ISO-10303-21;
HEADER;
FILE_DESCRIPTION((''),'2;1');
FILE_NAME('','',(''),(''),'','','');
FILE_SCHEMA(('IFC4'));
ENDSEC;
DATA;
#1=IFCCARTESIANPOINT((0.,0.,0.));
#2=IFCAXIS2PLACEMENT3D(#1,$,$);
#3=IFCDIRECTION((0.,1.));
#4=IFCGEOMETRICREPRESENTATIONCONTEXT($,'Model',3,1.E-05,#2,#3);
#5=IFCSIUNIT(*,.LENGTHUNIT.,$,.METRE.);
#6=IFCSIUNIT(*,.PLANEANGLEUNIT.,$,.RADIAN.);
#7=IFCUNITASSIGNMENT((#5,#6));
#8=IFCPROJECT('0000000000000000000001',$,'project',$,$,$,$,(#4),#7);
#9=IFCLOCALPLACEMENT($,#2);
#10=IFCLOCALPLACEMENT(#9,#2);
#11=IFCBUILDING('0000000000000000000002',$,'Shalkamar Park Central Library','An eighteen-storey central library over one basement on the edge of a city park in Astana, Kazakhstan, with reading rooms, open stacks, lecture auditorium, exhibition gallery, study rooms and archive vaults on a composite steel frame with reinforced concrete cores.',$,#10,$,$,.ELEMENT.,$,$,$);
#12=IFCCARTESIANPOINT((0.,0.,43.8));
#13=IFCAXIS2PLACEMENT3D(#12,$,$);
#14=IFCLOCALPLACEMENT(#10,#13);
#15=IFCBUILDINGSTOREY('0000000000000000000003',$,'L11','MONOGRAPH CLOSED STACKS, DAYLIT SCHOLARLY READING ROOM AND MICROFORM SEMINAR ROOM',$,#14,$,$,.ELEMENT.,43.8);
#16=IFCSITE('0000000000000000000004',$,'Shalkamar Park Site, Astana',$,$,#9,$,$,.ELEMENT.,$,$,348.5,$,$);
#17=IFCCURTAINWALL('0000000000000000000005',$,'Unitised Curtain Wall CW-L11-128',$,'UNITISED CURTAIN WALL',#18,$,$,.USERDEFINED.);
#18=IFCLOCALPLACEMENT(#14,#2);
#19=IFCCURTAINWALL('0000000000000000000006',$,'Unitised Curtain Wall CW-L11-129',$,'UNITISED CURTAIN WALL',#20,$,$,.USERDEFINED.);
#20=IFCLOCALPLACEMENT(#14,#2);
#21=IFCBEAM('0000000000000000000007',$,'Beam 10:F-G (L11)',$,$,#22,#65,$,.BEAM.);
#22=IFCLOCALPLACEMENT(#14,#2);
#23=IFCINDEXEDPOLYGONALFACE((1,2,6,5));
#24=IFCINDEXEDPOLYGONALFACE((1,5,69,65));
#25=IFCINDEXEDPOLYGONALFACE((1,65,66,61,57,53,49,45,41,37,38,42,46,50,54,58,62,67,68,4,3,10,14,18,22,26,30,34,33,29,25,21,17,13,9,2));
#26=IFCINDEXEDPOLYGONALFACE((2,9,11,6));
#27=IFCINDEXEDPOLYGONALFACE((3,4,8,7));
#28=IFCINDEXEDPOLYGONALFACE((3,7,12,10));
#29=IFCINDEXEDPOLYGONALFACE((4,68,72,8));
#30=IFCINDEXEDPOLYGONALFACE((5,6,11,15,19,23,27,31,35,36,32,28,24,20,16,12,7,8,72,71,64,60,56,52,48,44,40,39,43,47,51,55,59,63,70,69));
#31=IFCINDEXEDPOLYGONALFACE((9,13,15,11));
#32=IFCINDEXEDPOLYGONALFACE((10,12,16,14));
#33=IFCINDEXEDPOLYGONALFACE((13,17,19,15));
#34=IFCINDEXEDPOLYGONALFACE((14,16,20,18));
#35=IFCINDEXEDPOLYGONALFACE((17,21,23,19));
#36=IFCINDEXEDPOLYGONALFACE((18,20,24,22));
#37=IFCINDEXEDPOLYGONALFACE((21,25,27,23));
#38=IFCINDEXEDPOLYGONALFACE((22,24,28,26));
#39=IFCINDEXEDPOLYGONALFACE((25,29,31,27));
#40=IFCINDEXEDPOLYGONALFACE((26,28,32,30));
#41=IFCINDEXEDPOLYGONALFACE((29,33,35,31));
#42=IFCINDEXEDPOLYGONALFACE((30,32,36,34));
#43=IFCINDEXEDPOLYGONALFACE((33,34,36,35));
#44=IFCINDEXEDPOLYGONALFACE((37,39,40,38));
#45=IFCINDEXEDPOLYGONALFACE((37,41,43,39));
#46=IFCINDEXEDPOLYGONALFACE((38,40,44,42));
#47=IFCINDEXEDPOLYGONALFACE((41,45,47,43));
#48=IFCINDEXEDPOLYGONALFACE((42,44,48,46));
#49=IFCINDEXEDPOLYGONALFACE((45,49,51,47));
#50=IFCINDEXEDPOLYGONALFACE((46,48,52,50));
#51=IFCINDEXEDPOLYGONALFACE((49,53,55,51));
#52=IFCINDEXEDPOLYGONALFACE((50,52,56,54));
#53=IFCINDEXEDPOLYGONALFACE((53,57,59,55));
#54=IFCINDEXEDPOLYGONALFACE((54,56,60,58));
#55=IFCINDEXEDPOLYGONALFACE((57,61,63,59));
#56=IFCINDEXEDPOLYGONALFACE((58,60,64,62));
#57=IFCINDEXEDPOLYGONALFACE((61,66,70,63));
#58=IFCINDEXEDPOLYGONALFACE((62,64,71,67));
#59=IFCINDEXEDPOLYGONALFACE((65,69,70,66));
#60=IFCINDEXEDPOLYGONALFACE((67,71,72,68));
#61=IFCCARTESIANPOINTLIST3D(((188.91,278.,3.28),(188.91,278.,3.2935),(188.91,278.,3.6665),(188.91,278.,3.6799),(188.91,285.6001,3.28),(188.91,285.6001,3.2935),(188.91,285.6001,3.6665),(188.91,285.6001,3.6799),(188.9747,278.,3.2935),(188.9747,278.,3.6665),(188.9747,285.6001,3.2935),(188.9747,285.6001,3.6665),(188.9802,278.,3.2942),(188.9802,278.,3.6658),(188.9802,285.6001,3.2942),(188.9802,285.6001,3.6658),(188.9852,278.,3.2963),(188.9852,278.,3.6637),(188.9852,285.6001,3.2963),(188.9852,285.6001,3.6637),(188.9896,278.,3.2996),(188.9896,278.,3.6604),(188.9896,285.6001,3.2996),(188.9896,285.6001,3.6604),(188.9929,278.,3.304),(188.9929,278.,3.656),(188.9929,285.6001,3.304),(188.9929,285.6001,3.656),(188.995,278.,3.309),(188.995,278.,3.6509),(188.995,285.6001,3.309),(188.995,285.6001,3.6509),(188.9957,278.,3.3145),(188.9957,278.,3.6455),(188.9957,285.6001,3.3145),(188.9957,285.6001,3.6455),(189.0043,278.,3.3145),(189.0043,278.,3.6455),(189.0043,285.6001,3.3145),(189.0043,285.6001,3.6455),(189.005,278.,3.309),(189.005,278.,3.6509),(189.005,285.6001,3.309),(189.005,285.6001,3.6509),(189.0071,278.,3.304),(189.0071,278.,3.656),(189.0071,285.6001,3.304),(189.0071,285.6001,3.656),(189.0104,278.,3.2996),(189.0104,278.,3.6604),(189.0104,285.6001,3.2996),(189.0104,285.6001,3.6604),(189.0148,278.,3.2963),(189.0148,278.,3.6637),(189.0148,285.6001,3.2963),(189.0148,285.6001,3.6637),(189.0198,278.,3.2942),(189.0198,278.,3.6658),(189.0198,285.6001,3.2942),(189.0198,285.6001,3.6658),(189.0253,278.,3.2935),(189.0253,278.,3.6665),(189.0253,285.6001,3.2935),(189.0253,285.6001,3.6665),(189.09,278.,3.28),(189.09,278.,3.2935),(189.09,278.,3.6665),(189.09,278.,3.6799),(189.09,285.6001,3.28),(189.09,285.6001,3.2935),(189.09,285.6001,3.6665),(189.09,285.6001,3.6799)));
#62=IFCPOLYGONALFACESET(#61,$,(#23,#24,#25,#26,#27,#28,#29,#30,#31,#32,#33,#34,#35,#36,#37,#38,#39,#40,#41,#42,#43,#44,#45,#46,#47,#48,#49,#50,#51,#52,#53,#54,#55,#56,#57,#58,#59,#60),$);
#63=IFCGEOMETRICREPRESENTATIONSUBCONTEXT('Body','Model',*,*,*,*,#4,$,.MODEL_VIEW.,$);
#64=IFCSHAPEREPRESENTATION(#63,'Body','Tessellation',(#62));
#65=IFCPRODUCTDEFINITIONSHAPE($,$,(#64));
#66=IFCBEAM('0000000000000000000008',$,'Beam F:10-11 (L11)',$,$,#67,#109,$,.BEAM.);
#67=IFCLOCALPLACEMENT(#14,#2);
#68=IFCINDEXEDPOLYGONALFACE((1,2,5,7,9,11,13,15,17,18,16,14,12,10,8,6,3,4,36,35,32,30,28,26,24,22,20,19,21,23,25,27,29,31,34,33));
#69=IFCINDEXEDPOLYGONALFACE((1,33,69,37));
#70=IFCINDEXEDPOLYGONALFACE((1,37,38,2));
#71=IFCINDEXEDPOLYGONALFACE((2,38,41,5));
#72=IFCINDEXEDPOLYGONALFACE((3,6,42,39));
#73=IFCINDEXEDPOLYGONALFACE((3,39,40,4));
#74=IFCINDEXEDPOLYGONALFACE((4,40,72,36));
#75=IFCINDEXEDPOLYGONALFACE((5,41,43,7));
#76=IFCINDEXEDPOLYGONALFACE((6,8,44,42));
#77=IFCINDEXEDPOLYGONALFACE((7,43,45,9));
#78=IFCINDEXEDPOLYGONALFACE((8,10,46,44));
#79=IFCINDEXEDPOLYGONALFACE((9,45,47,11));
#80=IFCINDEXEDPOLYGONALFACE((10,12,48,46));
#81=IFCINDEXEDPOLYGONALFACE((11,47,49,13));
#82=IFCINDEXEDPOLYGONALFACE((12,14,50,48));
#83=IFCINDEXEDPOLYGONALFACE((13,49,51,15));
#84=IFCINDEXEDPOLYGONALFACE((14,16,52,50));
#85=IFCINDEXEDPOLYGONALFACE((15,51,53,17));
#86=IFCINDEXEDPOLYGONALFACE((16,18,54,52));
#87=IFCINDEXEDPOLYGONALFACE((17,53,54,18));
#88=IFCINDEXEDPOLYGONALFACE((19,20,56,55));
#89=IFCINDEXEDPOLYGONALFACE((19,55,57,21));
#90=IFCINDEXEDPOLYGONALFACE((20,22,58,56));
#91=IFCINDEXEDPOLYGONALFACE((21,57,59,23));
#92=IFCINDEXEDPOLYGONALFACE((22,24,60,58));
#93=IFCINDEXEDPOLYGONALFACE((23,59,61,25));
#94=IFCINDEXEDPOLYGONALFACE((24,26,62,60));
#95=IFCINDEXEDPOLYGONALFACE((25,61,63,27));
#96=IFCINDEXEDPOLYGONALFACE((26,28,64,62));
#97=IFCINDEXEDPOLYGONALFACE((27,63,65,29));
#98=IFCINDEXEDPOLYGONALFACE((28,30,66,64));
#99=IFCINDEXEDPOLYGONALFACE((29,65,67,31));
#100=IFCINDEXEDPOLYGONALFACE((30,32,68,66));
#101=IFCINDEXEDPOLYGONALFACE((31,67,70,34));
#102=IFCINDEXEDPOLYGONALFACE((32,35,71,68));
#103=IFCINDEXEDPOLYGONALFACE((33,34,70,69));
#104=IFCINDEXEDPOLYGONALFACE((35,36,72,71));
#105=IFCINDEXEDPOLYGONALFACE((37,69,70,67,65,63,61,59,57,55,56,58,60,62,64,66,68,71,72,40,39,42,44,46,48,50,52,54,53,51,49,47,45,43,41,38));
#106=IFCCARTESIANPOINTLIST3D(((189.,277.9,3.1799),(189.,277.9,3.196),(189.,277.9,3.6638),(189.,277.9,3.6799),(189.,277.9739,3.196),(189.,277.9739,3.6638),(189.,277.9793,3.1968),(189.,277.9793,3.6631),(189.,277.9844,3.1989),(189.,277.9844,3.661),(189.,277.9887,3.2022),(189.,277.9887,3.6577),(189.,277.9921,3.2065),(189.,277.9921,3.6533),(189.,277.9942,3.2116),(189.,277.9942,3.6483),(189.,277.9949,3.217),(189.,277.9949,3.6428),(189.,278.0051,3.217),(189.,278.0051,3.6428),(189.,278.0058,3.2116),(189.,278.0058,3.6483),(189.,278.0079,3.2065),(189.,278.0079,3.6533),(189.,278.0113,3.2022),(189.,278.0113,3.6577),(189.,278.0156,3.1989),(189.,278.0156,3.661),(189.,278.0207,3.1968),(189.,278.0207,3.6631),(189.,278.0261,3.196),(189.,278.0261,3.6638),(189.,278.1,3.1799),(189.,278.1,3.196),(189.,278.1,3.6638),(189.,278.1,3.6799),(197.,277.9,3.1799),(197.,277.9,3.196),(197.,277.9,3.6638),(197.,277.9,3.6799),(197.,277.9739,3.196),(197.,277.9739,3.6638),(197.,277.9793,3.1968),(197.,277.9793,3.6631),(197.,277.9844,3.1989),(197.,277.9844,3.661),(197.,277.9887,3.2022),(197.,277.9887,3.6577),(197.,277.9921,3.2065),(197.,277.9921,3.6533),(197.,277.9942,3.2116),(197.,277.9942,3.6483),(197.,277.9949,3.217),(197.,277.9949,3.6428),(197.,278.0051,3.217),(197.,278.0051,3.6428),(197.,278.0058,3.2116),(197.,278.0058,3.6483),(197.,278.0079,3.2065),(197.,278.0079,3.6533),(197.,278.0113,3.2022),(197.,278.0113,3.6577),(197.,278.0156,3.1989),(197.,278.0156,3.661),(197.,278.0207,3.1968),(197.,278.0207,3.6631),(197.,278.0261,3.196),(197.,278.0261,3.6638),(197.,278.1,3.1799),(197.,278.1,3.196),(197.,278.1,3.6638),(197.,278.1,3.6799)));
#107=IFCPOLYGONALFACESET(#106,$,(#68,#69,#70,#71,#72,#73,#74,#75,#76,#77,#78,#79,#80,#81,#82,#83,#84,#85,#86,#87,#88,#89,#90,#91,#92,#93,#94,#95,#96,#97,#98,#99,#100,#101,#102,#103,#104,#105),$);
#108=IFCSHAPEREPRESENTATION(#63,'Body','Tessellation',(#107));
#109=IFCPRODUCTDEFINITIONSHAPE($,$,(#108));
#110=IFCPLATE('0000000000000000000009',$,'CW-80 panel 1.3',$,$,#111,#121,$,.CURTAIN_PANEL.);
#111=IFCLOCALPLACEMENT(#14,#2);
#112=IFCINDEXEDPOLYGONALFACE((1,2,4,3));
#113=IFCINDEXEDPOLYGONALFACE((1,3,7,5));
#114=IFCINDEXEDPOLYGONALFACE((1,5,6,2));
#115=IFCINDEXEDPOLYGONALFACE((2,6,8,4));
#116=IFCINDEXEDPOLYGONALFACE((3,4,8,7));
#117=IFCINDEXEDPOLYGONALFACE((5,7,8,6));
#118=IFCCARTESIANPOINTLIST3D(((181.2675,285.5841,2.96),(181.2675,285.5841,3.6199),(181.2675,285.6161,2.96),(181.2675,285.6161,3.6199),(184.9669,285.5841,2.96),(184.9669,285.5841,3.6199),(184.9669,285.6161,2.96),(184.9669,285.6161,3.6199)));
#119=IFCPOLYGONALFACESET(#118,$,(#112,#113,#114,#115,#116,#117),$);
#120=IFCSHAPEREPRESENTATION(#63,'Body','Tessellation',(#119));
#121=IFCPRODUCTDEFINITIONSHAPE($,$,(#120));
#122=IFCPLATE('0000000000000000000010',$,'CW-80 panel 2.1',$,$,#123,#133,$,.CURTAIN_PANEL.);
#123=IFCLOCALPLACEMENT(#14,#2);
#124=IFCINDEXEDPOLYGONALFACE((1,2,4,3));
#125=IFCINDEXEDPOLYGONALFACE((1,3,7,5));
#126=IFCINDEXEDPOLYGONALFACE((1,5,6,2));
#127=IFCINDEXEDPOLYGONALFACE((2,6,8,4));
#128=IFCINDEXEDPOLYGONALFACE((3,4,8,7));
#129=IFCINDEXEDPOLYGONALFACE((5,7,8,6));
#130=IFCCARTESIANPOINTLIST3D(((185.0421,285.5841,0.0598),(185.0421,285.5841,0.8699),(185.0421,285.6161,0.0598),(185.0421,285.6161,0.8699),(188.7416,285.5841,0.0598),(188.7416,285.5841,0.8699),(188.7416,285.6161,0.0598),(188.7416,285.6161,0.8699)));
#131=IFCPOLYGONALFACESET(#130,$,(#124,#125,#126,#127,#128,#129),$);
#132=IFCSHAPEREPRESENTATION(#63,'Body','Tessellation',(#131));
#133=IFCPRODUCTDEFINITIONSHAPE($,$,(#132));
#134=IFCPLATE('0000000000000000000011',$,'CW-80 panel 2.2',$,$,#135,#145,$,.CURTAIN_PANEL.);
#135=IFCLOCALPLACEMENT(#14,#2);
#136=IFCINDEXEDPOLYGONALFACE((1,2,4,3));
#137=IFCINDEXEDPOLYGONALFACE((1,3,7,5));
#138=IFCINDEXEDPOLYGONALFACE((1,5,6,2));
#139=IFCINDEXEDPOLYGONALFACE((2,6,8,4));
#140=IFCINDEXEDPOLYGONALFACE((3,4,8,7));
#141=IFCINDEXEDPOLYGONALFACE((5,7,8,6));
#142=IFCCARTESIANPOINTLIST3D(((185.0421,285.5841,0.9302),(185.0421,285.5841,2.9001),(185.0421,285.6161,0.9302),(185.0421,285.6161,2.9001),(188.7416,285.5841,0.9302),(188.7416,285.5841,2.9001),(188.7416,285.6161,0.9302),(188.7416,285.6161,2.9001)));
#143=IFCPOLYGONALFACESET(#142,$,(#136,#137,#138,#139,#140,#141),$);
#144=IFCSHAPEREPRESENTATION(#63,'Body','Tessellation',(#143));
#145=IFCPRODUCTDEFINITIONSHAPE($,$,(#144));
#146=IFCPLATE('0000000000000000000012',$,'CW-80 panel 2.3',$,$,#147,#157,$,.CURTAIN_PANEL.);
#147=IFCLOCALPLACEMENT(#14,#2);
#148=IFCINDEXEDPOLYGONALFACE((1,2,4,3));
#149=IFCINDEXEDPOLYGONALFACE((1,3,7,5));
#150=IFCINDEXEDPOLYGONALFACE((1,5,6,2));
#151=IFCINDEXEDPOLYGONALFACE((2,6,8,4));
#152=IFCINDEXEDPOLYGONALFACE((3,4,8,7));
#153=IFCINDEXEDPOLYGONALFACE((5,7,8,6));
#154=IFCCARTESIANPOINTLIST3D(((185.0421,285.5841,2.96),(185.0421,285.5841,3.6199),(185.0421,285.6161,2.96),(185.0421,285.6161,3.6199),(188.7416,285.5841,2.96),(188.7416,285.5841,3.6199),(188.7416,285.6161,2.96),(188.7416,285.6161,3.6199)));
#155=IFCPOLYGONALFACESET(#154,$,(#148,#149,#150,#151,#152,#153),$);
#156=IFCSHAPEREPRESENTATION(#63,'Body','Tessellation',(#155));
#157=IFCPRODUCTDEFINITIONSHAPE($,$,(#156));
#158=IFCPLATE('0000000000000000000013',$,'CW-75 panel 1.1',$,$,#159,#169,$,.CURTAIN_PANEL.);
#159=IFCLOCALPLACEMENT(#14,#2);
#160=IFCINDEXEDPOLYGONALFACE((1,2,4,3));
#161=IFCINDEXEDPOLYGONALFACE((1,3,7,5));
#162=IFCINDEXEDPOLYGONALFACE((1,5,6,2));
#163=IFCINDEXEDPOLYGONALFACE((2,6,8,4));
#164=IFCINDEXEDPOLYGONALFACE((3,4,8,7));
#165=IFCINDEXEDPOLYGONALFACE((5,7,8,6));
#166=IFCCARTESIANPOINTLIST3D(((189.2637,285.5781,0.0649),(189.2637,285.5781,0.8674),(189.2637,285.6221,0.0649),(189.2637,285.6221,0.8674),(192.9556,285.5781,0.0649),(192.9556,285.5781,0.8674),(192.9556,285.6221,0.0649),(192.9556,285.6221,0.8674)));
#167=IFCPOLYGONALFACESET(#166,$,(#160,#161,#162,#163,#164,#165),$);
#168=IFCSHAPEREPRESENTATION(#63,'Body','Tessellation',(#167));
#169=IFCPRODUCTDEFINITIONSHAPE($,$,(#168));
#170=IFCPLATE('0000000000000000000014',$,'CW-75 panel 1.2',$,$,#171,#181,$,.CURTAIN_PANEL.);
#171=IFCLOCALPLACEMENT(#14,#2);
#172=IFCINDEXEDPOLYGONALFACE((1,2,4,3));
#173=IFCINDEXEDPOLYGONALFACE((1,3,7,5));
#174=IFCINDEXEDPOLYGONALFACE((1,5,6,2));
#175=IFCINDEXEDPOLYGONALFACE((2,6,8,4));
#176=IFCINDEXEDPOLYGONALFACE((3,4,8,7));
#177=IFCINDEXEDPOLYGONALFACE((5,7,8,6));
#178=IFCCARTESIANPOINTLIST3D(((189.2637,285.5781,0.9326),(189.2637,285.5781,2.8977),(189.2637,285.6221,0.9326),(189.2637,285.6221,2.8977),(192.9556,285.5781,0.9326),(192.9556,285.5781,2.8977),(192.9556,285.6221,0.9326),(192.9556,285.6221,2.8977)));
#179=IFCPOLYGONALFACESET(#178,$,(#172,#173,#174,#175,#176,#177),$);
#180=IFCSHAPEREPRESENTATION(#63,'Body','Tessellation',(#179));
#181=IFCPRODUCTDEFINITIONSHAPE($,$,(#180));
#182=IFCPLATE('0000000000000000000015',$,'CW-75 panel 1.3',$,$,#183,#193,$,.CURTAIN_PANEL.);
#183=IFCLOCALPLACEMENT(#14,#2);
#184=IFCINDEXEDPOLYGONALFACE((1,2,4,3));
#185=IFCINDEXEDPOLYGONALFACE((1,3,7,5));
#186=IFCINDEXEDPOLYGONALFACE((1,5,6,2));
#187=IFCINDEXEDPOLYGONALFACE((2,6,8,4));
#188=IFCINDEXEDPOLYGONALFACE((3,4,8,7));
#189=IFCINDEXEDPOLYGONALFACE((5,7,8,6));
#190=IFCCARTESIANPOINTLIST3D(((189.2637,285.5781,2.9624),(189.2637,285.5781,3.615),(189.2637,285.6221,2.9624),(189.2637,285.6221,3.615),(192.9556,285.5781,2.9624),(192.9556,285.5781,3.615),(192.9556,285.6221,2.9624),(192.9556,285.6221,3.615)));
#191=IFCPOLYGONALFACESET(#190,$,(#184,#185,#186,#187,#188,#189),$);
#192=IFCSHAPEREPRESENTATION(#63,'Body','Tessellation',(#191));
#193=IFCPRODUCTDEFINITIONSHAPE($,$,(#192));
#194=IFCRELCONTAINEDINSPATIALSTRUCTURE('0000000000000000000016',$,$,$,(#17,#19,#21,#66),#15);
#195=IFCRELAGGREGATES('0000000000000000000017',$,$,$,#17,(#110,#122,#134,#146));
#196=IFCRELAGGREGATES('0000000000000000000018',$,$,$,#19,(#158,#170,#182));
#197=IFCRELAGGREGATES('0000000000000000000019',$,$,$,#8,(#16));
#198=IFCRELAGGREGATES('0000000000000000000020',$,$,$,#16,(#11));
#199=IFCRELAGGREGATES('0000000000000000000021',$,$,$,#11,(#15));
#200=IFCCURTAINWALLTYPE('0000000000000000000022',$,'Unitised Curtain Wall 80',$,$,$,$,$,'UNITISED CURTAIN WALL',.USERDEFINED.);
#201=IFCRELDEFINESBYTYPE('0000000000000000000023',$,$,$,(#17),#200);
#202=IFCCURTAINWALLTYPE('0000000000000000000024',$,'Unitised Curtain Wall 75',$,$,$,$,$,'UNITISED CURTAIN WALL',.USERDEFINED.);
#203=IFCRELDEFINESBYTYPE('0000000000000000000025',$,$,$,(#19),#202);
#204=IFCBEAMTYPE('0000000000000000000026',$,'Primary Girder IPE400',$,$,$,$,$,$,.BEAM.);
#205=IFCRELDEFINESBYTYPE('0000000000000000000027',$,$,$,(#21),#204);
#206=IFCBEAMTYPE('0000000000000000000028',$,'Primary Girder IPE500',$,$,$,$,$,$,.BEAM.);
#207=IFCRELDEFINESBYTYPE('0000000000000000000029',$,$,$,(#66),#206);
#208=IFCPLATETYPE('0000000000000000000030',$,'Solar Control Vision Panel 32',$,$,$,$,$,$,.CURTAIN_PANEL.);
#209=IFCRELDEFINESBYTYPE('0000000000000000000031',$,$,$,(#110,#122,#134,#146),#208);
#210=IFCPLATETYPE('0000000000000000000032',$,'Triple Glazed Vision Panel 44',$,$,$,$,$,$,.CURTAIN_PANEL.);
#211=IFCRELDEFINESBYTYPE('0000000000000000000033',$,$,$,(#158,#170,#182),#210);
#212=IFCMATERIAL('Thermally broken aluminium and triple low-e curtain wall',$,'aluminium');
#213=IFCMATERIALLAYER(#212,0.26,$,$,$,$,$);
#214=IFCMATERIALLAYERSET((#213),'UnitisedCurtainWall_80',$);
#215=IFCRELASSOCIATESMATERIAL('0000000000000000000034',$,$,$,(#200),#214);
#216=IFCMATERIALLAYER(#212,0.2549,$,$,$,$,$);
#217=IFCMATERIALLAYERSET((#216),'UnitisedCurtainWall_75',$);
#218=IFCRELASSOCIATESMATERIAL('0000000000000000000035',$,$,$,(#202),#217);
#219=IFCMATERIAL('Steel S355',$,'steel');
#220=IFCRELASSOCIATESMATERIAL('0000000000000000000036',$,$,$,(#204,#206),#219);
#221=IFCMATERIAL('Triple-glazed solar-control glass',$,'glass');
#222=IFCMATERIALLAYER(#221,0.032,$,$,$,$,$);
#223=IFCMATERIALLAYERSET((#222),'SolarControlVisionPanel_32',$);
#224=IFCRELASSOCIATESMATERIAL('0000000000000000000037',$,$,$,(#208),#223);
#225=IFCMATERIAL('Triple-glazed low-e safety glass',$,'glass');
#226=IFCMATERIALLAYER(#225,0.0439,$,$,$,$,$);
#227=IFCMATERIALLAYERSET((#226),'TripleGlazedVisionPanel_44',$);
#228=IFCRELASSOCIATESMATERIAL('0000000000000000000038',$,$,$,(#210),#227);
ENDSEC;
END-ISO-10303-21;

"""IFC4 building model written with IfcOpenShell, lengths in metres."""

from ifc_helpers import new_model, si_unit, direction, frame, origin, origin_2d, place, context, subcontext, project, spatial, rectangle, i_section, extrude, material, layer, layer_set, material_profile, profile_set, type_object, element, aggregate, save


model = new_model("IFC4")

# Units and contexts
model_context = context("Model", 3, precision=1e-05, world=origin(), true_north=direction((0.0, 1.0)))
body_context = subcontext(model_context, "Body", "Model", "MODEL_VIEW")
ifc_project = project(units=[si_unit("LENGTHUNIT", "METRE"), si_unit("PLANEANGLEUNIT", "RADIAN")], contexts=[model_context])

# Site, building, storey
site_placement = place(None, origin())
site = spatial("IfcSite", under=ifc_project, at=site_placement, Name="Shalkamar Park Site, Astana", CompositionType="ELEMENT", RefElevation=348.5)
building_placement = place(site_placement, origin())
building = spatial("IfcBuilding", under=site, at=building_placement, Name="Shalkamar Park Central Library", Description="An eighteen-storey central library over one basement on the edge of a city park in Astana, Kazakhstan, with reading rooms, open stacks, lecture auditorium, exhibition gallery, study rooms and archive vaults on a composite steel frame with reinforced concrete cores.", CompositionType="ELEMENT")
storey_placement = place(building_placement, frame((0.0, 0.0, 43.8)))
storey = spatial("IfcBuildingStorey", under=building, at=storey_placement, Name="L11", Description="MONOGRAPH CLOSED STACKS, DAYLIT SCHOLARLY READING ROOM AND MICROFORM SEMINAR ROOM", CompositionType="ELEMENT", Elevation=43.8)

# Shared definitions
ifc_material_1 = material(Name="Steel S355", Category="steel")

# Curtain walls
ifc_material_2 = material(Name="Thermally broken aluminium and triple low-e curtain wall", Category="aluminium")
ifc_layer_1 = layer(ifc_material_2, 0.26)
ifc_layer_set_1 = layer_set([ifc_layer_1], Name="UnitisedCurtainWall_80")
curtain_wall_type_1 = type_object("IfcCurtainWallType", Name="Unitised Curtain Wall 80", ElementType="UNITISED CURTAIN WALL", PredefinedType="USERDEFINED", material=ifc_layer_set_1)
curtain_wall_1_placement = place(storey_placement, origin())
curtain_wall_1 = element("IfcCurtainWall", 1, at=curtain_wall_1_placement, inside=storey, type_object=curtain_wall_type_1, Name="Unitised Curtain Wall CW-L11-128", ObjectType="UNITISED CURTAIN WALL", PredefinedType="USERDEFINED")
ifc_layer_2 = layer(ifc_material_2, 0.2549)
ifc_layer_set_2 = layer_set([ifc_layer_2], Name="UnitisedCurtainWall_75")
curtain_wall_type_2 = type_object("IfcCurtainWallType", Name="Unitised Curtain Wall 75", ElementType="UNITISED CURTAIN WALL", PredefinedType="USERDEFINED", material=ifc_layer_set_2)
curtain_wall_2_placement = place(storey_placement, origin())
curtain_wall_2 = element("IfcCurtainWall", 2, at=curtain_wall_2_placement, inside=storey, type_object=curtain_wall_type_2, Name="Unitised Curtain Wall CW-L11-129", ObjectType="UNITISED CURTAIN WALL", PredefinedType="USERDEFINED")

# Beams
ifc_material_profile_1 = material_profile(ifc_material_1, i_section(OverallWidth=0.1799, OverallDepth=0.3999, WebThickness=0.0085, FlangeThickness=0.0134, FilletRadius=0.021, at=origin_2d()), Name="IPE 400")
ifc_profile_set_1 = profile_set([ifc_material_profile_1], Name="Steel S355")
beam_type_1 = type_object("IfcBeamType", Name="Primary Girder IPE400", PredefinedType="BEAM", material=ifc_profile_set_1)
beam_1_placement = place(storey_placement, frame((189.0, 278.0, 3.48), z_axis=(0.0, 1.0, 0.0), x_axis=(-1.0, 0.0, 0.0)))
element("IfcBeam", 3, at=beam_1_placement, inside=storey, type_object=beam_type_1, Name="Beam 10:F-G (L11)", PredefinedType="BEAM", context=body_context, shape_type="SweptSolid", body=[
    extrude(i_section(OverallWidth=0.1799, OverallDepth=0.3999, WebThickness=0.0085, FlangeThickness=0.0134, FilletRadius=0.021, at=origin_2d()), origin(), (0.0, 0.0, 1.0), 7.6001),
])
ifc_material_profile_2 = material_profile(ifc_material_1, i_section(OverallWidth=0.2, OverallDepth=0.5, WebThickness=0.0103, FlangeThickness=0.0161, FilletRadius=0.021, at=origin_2d()), Name="IPE 500")
ifc_profile_set_2 = profile_set([ifc_material_profile_2], Name="Steel S355")
beam_type_2 = type_object("IfcBeamType", Name="Primary Girder IPE500", PredefinedType="BEAM", material=ifc_profile_set_2)
beam_2_placement = place(storey_placement, frame((189.0, 278.0, 3.4299), z_axis=(1.0, 0.0, 0.0), x_axis=(0.0, 1.0, 0.0)))
element("IfcBeam", 4, at=beam_2_placement, inside=storey, type_object=beam_type_2, Name="Beam F:10-11 (L11)", PredefinedType="BEAM", context=body_context, shape_type="SweptSolid", body=[
    extrude(i_section(OverallWidth=0.2, OverallDepth=0.5, WebThickness=0.0103, FlangeThickness=0.0161, FilletRadius=0.021, at=origin_2d()), origin(), (0.0, 0.0, 1.0), 8.0),
])

# Plates
ifc_material_3 = material(Name="Triple-glazed solar-control glass", Category="glass")
ifc_layer_3 = layer(ifc_material_3, 0.032)
ifc_layer_set_3 = layer_set([ifc_layer_3], Name="SolarControlVisionPanel_32")
plate_type_1 = type_object("IfcPlateType", Name="Solar Control Vision Panel 32", PredefinedType="CURTAIN_PANEL", material=ifc_layer_set_3)
plate_1_placement = place(storey_placement, frame((183.1172, 285.6001, 2.96), z_axis=(0.0, 0.0, 1.0), x_axis=(1.0, 0.0, 0.0)))
plate_1 = element("IfcPlate", 5, at=plate_1_placement, type_object=plate_type_1, Name="CW-80 panel 1.3", PredefinedType="CURTAIN_PANEL", context=body_context, shape_type="SweptSolid", body=[
    extrude(rectangle(XDim=3.6995, YDim=0.032, at=origin_2d()), origin(), (0.0, 0.0, 1.0), 0.6599),
])
plate_2_placement = place(storey_placement, frame((186.8918, 285.6001, 0.0598), z_axis=(0.0, 0.0, 1.0), x_axis=(1.0, 0.0, 0.0)))
plate_2 = element("IfcPlate", 6, at=plate_2_placement, type_object=plate_type_1, Name="CW-80 panel 2.1", PredefinedType="CURTAIN_PANEL", context=body_context, shape_type="SweptSolid", body=[
    extrude(rectangle(XDim=3.6995, YDim=0.032, at=origin_2d()), origin(), (0.0, 0.0, 1.0), 0.8101),
])
plate_3_placement = place(storey_placement, frame((186.8918, 285.6001, 0.9302), z_axis=(0.0, 0.0, 1.0), x_axis=(1.0, 0.0, 0.0)))
plate_3 = element("IfcPlate", 7, at=plate_3_placement, type_object=plate_type_1, Name="CW-80 panel 2.2", PredefinedType="CURTAIN_PANEL", context=body_context, shape_type="SweptSolid", body=[
    extrude(rectangle(XDim=3.6995, YDim=0.032, at=origin_2d()), origin(), (0.0, 0.0, 1.0), 1.97),
])
plate_4_placement = place(storey_placement, frame((186.8918, 285.6001, 2.96), z_axis=(0.0, 0.0, 1.0), x_axis=(1.0, 0.0, 0.0)))
plate_4 = element("IfcPlate", 8, at=plate_4_placement, type_object=plate_type_1, Name="CW-80 panel 2.3", PredefinedType="CURTAIN_PANEL", context=body_context, shape_type="SweptSolid", body=[
    extrude(rectangle(XDim=3.6995, YDim=0.032, at=origin_2d()), origin(), (0.0, 0.0, 1.0), 0.6599),
])
aggregate(curtain_wall_1, [plate_1, plate_2, plate_3, plate_4])
ifc_material_4 = material(Name="Triple-glazed low-e safety glass", Category="glass")
ifc_layer_4 = layer(ifc_material_4, 0.0439)
ifc_layer_set_4 = layer_set([ifc_layer_4], Name="TripleGlazedVisionPanel_44")
plate_type_2 = type_object("IfcPlateType", Name="Triple Glazed Vision Panel 44", PredefinedType="CURTAIN_PANEL", material=ifc_layer_set_4)
plate_5_placement = place(storey_placement, frame((191.1096, 285.6001, 0.0649), z_axis=(0.0, 0.0, 1.0), x_axis=(1.0, 0.0, 0.0)))
plate_5 = element("IfcPlate", 9, at=plate_5_placement, type_object=plate_type_2, Name="CW-75 panel 1.1", PredefinedType="CURTAIN_PANEL", context=body_context, shape_type="SweptSolid", body=[
    extrude(rectangle(XDim=3.6919, YDim=0.0439, at=origin_2d()), origin(), (0.0, 0.0, 1.0), 0.8025),
])
plate_6_placement = place(storey_placement, frame((191.1096, 285.6001, 0.9326), z_axis=(0.0, 0.0, 1.0), x_axis=(1.0, 0.0, 0.0)))
plate_6 = element("IfcPlate", 10, at=plate_6_placement, type_object=plate_type_2, Name="CW-75 panel 1.2", PredefinedType="CURTAIN_PANEL", context=body_context, shape_type="SweptSolid", body=[
    extrude(rectangle(XDim=3.6919, YDim=0.0439, at=origin_2d()), origin(), (0.0, 0.0, 1.0), 1.9651),
])
plate_7_placement = place(storey_placement, frame((191.1096, 285.6001, 2.9624), z_axis=(0.0, 0.0, 1.0), x_axis=(1.0, 0.0, 0.0)))
plate_7 = element("IfcPlate", 11, at=plate_7_placement, type_object=plate_type_2, Name="CW-75 panel 1.3", PredefinedType="CURTAIN_PANEL", context=body_context, shape_type="SweptSolid", body=[
    extrude(rectangle(XDim=3.6919, YDim=0.0439, at=origin_2d()), origin(), (0.0, 0.0, 1.0), 0.6526),
])
aggregate(curtain_wall_2, [plate_5, plate_6, plate_7])

save(model, "model.ifc")
